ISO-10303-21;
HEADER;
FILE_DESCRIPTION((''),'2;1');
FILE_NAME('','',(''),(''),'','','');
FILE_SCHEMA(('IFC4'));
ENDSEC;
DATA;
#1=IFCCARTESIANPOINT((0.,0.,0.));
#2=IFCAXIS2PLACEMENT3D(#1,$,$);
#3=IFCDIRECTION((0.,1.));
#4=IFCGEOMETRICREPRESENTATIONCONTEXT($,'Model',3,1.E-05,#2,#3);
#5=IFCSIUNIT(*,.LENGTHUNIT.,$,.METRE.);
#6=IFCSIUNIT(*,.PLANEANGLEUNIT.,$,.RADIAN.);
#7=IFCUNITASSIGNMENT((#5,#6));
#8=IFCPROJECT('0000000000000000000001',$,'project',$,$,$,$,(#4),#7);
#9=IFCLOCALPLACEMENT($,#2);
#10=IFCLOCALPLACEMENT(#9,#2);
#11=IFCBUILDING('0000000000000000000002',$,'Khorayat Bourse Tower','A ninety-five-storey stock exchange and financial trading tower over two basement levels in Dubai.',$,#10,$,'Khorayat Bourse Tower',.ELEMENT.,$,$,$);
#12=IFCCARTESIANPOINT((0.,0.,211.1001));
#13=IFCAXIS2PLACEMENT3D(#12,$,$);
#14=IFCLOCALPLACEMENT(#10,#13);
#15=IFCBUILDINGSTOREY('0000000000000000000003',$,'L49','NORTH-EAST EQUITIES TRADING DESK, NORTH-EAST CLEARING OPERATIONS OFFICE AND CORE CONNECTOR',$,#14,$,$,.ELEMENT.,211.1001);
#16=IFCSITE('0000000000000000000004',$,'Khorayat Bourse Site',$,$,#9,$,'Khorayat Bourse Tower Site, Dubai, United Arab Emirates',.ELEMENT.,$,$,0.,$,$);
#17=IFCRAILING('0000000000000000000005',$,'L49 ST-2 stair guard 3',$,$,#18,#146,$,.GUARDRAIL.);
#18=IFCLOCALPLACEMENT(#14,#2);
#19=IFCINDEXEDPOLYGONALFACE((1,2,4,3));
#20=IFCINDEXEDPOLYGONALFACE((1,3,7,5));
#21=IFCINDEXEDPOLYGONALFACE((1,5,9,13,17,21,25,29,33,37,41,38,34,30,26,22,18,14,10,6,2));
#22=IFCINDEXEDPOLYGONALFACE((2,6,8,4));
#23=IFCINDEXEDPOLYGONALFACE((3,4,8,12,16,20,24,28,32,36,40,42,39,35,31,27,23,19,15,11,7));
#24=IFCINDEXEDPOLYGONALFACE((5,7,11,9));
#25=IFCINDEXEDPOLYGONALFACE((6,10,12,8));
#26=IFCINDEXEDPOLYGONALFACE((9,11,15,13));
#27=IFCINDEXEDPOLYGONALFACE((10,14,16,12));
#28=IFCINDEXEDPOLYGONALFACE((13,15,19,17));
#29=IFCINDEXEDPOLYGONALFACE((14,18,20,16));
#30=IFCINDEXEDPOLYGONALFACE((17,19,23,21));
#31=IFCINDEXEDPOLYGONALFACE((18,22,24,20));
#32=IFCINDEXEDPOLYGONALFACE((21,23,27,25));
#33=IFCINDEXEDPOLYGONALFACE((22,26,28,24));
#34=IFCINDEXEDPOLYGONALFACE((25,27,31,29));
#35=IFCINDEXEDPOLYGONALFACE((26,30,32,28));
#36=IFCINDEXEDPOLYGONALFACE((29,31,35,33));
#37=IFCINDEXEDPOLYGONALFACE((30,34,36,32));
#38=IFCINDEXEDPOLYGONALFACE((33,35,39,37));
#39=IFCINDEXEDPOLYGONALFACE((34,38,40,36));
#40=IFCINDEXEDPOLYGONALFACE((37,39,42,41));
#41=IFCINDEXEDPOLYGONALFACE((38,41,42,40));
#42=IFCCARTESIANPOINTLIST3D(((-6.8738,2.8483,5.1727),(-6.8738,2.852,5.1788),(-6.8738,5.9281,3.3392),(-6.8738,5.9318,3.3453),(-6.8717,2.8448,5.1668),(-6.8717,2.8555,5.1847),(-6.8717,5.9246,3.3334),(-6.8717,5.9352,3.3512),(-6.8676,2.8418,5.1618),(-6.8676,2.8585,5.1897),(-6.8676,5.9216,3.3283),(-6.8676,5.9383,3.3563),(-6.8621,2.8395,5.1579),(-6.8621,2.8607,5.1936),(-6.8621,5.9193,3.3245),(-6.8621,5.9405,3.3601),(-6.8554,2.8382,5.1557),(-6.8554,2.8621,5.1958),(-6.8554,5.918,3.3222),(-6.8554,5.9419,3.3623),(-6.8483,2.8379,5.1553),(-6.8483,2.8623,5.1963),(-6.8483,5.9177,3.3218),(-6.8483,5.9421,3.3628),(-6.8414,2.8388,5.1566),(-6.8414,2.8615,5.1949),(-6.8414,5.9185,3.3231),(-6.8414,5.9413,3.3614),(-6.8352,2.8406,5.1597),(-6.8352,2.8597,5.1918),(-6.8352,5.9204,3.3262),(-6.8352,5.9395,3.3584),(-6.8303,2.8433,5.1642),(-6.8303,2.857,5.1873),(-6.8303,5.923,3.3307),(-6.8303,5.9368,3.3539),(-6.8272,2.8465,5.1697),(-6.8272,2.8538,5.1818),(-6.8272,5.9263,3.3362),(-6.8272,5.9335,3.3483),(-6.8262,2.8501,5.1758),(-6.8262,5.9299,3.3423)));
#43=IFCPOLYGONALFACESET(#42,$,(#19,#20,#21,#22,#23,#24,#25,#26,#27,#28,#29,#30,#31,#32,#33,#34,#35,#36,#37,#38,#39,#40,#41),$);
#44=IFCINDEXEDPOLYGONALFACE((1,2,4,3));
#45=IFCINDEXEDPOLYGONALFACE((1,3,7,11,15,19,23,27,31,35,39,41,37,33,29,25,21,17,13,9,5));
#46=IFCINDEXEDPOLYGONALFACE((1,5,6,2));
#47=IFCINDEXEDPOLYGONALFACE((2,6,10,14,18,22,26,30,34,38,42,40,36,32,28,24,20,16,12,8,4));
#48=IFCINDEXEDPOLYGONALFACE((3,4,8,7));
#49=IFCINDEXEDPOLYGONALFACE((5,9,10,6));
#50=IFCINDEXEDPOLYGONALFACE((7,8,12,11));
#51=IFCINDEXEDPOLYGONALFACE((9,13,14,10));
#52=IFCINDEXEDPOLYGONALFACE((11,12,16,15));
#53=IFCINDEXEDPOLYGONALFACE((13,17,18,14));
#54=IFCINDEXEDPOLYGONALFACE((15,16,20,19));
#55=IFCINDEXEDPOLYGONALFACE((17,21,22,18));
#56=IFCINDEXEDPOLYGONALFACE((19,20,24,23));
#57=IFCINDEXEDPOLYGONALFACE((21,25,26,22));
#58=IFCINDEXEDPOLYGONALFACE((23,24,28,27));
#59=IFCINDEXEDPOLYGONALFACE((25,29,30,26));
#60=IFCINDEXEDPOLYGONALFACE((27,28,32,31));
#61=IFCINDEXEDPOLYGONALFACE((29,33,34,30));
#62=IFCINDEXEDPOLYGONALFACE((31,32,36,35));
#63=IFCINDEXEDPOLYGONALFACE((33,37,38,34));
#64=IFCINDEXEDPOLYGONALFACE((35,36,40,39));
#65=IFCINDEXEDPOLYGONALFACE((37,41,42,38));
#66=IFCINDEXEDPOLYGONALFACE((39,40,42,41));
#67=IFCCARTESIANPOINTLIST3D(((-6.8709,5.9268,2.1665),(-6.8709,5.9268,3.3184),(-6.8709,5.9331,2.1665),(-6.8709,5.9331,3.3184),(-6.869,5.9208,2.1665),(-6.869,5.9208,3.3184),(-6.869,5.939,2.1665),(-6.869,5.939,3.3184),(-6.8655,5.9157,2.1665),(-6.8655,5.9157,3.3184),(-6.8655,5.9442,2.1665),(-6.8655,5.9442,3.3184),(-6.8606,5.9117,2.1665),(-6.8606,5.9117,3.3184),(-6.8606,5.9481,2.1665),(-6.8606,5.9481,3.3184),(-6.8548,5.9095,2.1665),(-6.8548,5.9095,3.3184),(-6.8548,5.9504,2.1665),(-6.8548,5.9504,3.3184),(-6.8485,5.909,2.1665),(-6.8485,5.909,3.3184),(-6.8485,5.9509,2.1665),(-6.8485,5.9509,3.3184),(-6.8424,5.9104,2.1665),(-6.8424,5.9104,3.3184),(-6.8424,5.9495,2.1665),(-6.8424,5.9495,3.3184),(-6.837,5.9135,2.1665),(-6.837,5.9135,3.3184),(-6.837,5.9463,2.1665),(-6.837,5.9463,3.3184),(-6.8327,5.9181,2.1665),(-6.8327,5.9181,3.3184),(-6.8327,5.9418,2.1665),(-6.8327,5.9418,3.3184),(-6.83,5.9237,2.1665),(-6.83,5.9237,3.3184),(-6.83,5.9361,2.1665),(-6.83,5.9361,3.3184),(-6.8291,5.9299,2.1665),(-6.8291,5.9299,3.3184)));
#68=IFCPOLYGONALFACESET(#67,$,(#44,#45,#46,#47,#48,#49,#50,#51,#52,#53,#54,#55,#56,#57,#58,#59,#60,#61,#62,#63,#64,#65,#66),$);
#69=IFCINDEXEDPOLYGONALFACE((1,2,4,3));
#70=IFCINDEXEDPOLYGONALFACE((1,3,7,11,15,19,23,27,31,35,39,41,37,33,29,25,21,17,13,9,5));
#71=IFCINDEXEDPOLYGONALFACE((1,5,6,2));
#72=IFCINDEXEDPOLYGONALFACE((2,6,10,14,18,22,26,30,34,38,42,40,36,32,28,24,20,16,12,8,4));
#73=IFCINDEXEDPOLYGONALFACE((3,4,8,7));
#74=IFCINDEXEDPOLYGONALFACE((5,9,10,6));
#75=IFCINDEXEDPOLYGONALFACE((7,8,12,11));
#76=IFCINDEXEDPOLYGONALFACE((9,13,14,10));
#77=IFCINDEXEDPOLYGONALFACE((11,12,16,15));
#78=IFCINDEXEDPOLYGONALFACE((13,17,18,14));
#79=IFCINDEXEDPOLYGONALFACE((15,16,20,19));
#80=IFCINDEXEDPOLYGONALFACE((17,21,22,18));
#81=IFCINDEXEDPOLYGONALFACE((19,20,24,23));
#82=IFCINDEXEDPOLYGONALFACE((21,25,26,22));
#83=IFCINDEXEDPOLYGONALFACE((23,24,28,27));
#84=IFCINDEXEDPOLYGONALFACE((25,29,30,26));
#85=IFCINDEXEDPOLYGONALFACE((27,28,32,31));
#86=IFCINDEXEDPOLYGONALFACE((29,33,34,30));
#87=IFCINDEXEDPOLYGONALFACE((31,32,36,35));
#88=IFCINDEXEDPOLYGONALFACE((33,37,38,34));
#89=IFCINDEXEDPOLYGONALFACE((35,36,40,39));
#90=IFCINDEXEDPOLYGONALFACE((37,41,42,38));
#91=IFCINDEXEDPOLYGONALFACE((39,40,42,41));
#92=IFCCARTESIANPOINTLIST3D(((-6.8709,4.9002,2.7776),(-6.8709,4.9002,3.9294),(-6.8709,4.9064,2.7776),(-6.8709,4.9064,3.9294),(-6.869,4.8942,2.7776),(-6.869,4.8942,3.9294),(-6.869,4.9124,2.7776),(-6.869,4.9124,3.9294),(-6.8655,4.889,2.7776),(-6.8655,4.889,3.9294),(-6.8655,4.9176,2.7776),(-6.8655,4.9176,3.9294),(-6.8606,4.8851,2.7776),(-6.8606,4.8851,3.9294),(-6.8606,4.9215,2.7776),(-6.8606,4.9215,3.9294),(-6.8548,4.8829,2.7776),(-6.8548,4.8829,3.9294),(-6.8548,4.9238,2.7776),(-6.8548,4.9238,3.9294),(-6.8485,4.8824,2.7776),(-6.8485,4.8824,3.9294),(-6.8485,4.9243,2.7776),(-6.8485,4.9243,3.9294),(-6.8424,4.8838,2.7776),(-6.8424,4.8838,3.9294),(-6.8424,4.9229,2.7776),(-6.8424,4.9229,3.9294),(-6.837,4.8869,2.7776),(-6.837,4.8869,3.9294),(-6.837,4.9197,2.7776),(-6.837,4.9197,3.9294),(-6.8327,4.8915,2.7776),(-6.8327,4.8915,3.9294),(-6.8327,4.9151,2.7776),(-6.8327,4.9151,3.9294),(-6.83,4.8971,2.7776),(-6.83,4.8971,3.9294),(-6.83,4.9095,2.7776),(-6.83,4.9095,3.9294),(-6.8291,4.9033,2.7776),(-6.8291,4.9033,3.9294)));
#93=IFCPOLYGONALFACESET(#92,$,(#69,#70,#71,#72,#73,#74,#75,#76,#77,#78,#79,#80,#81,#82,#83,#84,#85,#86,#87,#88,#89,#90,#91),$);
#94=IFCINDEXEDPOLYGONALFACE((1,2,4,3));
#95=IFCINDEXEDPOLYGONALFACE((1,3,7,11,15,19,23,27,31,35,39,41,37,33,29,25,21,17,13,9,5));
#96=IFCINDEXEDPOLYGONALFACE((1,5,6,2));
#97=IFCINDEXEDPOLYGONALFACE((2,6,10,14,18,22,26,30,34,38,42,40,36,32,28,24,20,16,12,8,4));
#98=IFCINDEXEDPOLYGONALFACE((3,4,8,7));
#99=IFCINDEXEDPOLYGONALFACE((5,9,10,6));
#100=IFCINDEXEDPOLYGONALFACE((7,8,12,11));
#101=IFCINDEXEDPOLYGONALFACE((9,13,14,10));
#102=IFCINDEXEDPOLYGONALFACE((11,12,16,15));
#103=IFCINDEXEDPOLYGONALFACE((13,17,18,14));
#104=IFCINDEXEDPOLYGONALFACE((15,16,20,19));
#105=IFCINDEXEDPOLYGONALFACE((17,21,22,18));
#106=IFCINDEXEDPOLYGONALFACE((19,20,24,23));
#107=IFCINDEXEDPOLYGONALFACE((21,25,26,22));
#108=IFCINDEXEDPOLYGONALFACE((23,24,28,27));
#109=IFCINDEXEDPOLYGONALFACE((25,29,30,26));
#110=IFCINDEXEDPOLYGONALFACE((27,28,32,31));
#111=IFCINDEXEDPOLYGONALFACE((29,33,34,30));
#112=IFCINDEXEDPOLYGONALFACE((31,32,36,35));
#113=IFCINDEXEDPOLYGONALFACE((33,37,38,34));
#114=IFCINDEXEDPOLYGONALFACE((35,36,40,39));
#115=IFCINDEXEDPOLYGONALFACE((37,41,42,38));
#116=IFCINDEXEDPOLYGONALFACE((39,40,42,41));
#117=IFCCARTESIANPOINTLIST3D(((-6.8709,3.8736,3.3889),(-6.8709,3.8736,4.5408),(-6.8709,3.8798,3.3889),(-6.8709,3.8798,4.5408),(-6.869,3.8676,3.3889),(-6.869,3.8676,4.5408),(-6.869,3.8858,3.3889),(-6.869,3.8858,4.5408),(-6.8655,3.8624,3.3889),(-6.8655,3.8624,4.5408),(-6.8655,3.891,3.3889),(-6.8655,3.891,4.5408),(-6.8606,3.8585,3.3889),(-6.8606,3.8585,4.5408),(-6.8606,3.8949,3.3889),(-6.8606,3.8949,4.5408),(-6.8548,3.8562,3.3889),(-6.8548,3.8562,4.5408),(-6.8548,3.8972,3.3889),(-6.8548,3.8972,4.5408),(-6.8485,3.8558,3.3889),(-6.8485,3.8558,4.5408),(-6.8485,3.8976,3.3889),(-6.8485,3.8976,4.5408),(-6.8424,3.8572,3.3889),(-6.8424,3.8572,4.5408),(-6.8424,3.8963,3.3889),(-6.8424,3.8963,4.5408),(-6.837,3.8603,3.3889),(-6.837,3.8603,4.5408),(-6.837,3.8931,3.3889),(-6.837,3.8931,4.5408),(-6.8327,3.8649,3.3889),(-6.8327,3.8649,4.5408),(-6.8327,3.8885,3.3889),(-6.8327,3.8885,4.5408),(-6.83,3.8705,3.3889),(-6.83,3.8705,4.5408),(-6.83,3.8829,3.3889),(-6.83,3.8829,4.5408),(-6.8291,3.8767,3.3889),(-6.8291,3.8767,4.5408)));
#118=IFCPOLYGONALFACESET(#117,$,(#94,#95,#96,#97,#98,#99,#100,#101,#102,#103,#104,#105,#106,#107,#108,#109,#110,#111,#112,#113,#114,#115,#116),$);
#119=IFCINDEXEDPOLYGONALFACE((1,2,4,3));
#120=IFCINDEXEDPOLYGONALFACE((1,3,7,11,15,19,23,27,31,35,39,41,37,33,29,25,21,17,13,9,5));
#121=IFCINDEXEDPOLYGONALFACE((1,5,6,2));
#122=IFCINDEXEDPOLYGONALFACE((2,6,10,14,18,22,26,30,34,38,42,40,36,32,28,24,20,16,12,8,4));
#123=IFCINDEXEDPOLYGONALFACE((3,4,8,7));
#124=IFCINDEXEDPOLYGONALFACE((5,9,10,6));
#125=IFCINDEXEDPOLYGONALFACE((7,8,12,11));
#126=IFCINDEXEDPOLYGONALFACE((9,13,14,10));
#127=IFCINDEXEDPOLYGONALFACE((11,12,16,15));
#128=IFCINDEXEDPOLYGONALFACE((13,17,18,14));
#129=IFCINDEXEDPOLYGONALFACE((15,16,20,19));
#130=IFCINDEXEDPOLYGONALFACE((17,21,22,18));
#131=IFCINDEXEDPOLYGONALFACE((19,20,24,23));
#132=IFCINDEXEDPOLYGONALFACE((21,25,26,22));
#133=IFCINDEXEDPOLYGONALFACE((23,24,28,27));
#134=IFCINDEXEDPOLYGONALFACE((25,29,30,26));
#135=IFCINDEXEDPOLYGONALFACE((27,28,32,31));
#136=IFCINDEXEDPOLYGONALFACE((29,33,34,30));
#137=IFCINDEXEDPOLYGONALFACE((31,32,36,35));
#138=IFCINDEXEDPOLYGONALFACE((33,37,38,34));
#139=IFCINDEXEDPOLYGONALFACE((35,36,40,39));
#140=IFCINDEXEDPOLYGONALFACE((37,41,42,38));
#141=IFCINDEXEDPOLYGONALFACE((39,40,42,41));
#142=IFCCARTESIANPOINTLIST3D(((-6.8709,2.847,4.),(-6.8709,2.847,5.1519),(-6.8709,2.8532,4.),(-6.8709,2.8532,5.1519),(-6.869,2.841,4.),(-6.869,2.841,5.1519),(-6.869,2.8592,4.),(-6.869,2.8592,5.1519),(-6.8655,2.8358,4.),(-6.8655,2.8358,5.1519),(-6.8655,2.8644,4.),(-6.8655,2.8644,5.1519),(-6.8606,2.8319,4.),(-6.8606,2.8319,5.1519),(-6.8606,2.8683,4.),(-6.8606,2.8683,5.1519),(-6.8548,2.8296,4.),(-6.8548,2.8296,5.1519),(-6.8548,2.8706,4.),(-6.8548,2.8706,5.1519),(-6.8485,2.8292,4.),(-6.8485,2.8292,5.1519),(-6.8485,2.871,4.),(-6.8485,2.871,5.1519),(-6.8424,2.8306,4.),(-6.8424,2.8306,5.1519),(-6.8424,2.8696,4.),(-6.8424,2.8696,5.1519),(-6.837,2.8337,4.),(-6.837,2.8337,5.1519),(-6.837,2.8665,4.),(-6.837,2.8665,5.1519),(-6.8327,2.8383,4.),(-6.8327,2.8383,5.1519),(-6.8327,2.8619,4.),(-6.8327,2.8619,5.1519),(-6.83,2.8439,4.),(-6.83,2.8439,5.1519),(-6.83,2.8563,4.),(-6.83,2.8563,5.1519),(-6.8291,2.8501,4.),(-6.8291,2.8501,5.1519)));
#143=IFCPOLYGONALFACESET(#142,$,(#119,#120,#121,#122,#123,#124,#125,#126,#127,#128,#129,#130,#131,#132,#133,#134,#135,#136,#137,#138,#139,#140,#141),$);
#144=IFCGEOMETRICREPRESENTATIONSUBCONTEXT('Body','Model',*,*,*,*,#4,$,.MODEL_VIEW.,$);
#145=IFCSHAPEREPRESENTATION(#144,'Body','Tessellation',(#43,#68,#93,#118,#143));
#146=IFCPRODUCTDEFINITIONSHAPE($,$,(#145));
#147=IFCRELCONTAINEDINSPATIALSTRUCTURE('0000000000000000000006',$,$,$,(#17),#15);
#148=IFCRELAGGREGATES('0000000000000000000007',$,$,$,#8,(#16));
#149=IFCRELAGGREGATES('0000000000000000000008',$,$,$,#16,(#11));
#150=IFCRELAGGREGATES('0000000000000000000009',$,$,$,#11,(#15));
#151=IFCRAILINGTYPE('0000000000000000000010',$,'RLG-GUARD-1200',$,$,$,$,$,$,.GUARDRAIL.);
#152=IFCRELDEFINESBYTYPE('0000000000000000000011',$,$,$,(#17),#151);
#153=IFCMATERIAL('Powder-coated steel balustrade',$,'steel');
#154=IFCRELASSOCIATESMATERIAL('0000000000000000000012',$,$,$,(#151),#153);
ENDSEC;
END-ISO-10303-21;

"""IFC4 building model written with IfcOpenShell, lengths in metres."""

from ifc_helpers import new_model, si_unit, direction, frame, origin, origin_2d, place, context, subcontext, project, spatial, circle, extrude, source, transform, mapped, material, type_object, element, save


model = new_model("IFC4")

# Units and contexts
model_context = context("Model", 3, precision=1e-05, world=origin(), true_north=direction((0.0, 1.0)))
body_context = subcontext(model_context, "Body", "Model", "MODEL_VIEW")
ifc_project = project(units=[si_unit("LENGTHUNIT", "METRE"), si_unit("PLANEANGLEUNIT", "RADIAN")], contexts=[model_context])

# Site, building, storey
site_placement = place(None, origin())
site = spatial("IfcSite", under=ifc_project, at=site_placement, Name="Khorayat Bourse Site", LongName="Khorayat Bourse Tower Site, Dubai, United Arab Emirates", CompositionType="ELEMENT", RefElevation=0.0)
building_placement = place(site_placement, origin())
building = spatial("IfcBuilding", under=site, at=building_placement, Name="Khorayat Bourse Tower", Description="A ninety-five-storey stock exchange and financial trading tower over two basement levels in Dubai.", LongName="Khorayat Bourse Tower", CompositionType="ELEMENT")
storey_placement = place(building_placement, frame((0.0, 0.0, 211.1001)))
storey = spatial("IfcBuildingStorey", under=building, at=storey_placement, Name="L49", Description="NORTH-EAST EQUITIES TRADING DESK, NORTH-EAST CLEARING OPERATIONS OFFICE AND CORE CONNECTOR", CompositionType="ELEMENT", Elevation=211.1001)

# Railing
ifc_material_1 = material(Name="Powder-coated steel balustrade", Category="steel")
railing_type_1 = type_object("IfcRailingType", Name="RLG-GUARD-1200", PredefinedType="GUARDRAIL", material=ifc_material_1)
shared_shape_1 = source(origin(), body_context, "Body", "SweptSolid", [
    extrude(circle(Radius=0.0239, at=origin_2d()), frame((0.0, 0.0, 1.1758), z_axis=(0.0, -0.859261, 0.511538), x_axis=(1.0, 0.0, 0.0)), (0.0, 0.0, 1.0), 3.5842),
    extrude(circle(Radius=0.021, at=origin_2d()), origin(), (0.0, 0.0, 1.0), 1.1519),
    extrude(circle(Radius=0.021, at=origin_2d()), frame((0.0, -1.0266, 0.6111)), (0.0, 0.0, 1.0), 1.1519),
    extrude(circle(Radius=0.021, at=origin_2d()), frame((0.0, -2.0532, 1.2224)), (0.0, 0.0, 1.0), 1.1519),
    extrude(circle(Radius=0.021, at=origin_2d()), frame((0.0, -3.0798, 1.8335)), (0.0, 0.0, 1.0), 1.1519),
])
railing_1_placement = place(storey_placement, frame((-6.8501, 5.9299, 2.1665)))
element("IfcRailing", 1, at=railing_1_placement, inside=storey, type_object=railing_type_1, Name="L49 ST-2 stair guard 3", PredefinedType="GUARDRAIL", context=body_context, shape_type="MappedRepresentation", body=[
    mapped(shared_shape_1, transform((0.0, 0.0, 0.0), scale=1.0)),
])

save(model, "model.ifc")
